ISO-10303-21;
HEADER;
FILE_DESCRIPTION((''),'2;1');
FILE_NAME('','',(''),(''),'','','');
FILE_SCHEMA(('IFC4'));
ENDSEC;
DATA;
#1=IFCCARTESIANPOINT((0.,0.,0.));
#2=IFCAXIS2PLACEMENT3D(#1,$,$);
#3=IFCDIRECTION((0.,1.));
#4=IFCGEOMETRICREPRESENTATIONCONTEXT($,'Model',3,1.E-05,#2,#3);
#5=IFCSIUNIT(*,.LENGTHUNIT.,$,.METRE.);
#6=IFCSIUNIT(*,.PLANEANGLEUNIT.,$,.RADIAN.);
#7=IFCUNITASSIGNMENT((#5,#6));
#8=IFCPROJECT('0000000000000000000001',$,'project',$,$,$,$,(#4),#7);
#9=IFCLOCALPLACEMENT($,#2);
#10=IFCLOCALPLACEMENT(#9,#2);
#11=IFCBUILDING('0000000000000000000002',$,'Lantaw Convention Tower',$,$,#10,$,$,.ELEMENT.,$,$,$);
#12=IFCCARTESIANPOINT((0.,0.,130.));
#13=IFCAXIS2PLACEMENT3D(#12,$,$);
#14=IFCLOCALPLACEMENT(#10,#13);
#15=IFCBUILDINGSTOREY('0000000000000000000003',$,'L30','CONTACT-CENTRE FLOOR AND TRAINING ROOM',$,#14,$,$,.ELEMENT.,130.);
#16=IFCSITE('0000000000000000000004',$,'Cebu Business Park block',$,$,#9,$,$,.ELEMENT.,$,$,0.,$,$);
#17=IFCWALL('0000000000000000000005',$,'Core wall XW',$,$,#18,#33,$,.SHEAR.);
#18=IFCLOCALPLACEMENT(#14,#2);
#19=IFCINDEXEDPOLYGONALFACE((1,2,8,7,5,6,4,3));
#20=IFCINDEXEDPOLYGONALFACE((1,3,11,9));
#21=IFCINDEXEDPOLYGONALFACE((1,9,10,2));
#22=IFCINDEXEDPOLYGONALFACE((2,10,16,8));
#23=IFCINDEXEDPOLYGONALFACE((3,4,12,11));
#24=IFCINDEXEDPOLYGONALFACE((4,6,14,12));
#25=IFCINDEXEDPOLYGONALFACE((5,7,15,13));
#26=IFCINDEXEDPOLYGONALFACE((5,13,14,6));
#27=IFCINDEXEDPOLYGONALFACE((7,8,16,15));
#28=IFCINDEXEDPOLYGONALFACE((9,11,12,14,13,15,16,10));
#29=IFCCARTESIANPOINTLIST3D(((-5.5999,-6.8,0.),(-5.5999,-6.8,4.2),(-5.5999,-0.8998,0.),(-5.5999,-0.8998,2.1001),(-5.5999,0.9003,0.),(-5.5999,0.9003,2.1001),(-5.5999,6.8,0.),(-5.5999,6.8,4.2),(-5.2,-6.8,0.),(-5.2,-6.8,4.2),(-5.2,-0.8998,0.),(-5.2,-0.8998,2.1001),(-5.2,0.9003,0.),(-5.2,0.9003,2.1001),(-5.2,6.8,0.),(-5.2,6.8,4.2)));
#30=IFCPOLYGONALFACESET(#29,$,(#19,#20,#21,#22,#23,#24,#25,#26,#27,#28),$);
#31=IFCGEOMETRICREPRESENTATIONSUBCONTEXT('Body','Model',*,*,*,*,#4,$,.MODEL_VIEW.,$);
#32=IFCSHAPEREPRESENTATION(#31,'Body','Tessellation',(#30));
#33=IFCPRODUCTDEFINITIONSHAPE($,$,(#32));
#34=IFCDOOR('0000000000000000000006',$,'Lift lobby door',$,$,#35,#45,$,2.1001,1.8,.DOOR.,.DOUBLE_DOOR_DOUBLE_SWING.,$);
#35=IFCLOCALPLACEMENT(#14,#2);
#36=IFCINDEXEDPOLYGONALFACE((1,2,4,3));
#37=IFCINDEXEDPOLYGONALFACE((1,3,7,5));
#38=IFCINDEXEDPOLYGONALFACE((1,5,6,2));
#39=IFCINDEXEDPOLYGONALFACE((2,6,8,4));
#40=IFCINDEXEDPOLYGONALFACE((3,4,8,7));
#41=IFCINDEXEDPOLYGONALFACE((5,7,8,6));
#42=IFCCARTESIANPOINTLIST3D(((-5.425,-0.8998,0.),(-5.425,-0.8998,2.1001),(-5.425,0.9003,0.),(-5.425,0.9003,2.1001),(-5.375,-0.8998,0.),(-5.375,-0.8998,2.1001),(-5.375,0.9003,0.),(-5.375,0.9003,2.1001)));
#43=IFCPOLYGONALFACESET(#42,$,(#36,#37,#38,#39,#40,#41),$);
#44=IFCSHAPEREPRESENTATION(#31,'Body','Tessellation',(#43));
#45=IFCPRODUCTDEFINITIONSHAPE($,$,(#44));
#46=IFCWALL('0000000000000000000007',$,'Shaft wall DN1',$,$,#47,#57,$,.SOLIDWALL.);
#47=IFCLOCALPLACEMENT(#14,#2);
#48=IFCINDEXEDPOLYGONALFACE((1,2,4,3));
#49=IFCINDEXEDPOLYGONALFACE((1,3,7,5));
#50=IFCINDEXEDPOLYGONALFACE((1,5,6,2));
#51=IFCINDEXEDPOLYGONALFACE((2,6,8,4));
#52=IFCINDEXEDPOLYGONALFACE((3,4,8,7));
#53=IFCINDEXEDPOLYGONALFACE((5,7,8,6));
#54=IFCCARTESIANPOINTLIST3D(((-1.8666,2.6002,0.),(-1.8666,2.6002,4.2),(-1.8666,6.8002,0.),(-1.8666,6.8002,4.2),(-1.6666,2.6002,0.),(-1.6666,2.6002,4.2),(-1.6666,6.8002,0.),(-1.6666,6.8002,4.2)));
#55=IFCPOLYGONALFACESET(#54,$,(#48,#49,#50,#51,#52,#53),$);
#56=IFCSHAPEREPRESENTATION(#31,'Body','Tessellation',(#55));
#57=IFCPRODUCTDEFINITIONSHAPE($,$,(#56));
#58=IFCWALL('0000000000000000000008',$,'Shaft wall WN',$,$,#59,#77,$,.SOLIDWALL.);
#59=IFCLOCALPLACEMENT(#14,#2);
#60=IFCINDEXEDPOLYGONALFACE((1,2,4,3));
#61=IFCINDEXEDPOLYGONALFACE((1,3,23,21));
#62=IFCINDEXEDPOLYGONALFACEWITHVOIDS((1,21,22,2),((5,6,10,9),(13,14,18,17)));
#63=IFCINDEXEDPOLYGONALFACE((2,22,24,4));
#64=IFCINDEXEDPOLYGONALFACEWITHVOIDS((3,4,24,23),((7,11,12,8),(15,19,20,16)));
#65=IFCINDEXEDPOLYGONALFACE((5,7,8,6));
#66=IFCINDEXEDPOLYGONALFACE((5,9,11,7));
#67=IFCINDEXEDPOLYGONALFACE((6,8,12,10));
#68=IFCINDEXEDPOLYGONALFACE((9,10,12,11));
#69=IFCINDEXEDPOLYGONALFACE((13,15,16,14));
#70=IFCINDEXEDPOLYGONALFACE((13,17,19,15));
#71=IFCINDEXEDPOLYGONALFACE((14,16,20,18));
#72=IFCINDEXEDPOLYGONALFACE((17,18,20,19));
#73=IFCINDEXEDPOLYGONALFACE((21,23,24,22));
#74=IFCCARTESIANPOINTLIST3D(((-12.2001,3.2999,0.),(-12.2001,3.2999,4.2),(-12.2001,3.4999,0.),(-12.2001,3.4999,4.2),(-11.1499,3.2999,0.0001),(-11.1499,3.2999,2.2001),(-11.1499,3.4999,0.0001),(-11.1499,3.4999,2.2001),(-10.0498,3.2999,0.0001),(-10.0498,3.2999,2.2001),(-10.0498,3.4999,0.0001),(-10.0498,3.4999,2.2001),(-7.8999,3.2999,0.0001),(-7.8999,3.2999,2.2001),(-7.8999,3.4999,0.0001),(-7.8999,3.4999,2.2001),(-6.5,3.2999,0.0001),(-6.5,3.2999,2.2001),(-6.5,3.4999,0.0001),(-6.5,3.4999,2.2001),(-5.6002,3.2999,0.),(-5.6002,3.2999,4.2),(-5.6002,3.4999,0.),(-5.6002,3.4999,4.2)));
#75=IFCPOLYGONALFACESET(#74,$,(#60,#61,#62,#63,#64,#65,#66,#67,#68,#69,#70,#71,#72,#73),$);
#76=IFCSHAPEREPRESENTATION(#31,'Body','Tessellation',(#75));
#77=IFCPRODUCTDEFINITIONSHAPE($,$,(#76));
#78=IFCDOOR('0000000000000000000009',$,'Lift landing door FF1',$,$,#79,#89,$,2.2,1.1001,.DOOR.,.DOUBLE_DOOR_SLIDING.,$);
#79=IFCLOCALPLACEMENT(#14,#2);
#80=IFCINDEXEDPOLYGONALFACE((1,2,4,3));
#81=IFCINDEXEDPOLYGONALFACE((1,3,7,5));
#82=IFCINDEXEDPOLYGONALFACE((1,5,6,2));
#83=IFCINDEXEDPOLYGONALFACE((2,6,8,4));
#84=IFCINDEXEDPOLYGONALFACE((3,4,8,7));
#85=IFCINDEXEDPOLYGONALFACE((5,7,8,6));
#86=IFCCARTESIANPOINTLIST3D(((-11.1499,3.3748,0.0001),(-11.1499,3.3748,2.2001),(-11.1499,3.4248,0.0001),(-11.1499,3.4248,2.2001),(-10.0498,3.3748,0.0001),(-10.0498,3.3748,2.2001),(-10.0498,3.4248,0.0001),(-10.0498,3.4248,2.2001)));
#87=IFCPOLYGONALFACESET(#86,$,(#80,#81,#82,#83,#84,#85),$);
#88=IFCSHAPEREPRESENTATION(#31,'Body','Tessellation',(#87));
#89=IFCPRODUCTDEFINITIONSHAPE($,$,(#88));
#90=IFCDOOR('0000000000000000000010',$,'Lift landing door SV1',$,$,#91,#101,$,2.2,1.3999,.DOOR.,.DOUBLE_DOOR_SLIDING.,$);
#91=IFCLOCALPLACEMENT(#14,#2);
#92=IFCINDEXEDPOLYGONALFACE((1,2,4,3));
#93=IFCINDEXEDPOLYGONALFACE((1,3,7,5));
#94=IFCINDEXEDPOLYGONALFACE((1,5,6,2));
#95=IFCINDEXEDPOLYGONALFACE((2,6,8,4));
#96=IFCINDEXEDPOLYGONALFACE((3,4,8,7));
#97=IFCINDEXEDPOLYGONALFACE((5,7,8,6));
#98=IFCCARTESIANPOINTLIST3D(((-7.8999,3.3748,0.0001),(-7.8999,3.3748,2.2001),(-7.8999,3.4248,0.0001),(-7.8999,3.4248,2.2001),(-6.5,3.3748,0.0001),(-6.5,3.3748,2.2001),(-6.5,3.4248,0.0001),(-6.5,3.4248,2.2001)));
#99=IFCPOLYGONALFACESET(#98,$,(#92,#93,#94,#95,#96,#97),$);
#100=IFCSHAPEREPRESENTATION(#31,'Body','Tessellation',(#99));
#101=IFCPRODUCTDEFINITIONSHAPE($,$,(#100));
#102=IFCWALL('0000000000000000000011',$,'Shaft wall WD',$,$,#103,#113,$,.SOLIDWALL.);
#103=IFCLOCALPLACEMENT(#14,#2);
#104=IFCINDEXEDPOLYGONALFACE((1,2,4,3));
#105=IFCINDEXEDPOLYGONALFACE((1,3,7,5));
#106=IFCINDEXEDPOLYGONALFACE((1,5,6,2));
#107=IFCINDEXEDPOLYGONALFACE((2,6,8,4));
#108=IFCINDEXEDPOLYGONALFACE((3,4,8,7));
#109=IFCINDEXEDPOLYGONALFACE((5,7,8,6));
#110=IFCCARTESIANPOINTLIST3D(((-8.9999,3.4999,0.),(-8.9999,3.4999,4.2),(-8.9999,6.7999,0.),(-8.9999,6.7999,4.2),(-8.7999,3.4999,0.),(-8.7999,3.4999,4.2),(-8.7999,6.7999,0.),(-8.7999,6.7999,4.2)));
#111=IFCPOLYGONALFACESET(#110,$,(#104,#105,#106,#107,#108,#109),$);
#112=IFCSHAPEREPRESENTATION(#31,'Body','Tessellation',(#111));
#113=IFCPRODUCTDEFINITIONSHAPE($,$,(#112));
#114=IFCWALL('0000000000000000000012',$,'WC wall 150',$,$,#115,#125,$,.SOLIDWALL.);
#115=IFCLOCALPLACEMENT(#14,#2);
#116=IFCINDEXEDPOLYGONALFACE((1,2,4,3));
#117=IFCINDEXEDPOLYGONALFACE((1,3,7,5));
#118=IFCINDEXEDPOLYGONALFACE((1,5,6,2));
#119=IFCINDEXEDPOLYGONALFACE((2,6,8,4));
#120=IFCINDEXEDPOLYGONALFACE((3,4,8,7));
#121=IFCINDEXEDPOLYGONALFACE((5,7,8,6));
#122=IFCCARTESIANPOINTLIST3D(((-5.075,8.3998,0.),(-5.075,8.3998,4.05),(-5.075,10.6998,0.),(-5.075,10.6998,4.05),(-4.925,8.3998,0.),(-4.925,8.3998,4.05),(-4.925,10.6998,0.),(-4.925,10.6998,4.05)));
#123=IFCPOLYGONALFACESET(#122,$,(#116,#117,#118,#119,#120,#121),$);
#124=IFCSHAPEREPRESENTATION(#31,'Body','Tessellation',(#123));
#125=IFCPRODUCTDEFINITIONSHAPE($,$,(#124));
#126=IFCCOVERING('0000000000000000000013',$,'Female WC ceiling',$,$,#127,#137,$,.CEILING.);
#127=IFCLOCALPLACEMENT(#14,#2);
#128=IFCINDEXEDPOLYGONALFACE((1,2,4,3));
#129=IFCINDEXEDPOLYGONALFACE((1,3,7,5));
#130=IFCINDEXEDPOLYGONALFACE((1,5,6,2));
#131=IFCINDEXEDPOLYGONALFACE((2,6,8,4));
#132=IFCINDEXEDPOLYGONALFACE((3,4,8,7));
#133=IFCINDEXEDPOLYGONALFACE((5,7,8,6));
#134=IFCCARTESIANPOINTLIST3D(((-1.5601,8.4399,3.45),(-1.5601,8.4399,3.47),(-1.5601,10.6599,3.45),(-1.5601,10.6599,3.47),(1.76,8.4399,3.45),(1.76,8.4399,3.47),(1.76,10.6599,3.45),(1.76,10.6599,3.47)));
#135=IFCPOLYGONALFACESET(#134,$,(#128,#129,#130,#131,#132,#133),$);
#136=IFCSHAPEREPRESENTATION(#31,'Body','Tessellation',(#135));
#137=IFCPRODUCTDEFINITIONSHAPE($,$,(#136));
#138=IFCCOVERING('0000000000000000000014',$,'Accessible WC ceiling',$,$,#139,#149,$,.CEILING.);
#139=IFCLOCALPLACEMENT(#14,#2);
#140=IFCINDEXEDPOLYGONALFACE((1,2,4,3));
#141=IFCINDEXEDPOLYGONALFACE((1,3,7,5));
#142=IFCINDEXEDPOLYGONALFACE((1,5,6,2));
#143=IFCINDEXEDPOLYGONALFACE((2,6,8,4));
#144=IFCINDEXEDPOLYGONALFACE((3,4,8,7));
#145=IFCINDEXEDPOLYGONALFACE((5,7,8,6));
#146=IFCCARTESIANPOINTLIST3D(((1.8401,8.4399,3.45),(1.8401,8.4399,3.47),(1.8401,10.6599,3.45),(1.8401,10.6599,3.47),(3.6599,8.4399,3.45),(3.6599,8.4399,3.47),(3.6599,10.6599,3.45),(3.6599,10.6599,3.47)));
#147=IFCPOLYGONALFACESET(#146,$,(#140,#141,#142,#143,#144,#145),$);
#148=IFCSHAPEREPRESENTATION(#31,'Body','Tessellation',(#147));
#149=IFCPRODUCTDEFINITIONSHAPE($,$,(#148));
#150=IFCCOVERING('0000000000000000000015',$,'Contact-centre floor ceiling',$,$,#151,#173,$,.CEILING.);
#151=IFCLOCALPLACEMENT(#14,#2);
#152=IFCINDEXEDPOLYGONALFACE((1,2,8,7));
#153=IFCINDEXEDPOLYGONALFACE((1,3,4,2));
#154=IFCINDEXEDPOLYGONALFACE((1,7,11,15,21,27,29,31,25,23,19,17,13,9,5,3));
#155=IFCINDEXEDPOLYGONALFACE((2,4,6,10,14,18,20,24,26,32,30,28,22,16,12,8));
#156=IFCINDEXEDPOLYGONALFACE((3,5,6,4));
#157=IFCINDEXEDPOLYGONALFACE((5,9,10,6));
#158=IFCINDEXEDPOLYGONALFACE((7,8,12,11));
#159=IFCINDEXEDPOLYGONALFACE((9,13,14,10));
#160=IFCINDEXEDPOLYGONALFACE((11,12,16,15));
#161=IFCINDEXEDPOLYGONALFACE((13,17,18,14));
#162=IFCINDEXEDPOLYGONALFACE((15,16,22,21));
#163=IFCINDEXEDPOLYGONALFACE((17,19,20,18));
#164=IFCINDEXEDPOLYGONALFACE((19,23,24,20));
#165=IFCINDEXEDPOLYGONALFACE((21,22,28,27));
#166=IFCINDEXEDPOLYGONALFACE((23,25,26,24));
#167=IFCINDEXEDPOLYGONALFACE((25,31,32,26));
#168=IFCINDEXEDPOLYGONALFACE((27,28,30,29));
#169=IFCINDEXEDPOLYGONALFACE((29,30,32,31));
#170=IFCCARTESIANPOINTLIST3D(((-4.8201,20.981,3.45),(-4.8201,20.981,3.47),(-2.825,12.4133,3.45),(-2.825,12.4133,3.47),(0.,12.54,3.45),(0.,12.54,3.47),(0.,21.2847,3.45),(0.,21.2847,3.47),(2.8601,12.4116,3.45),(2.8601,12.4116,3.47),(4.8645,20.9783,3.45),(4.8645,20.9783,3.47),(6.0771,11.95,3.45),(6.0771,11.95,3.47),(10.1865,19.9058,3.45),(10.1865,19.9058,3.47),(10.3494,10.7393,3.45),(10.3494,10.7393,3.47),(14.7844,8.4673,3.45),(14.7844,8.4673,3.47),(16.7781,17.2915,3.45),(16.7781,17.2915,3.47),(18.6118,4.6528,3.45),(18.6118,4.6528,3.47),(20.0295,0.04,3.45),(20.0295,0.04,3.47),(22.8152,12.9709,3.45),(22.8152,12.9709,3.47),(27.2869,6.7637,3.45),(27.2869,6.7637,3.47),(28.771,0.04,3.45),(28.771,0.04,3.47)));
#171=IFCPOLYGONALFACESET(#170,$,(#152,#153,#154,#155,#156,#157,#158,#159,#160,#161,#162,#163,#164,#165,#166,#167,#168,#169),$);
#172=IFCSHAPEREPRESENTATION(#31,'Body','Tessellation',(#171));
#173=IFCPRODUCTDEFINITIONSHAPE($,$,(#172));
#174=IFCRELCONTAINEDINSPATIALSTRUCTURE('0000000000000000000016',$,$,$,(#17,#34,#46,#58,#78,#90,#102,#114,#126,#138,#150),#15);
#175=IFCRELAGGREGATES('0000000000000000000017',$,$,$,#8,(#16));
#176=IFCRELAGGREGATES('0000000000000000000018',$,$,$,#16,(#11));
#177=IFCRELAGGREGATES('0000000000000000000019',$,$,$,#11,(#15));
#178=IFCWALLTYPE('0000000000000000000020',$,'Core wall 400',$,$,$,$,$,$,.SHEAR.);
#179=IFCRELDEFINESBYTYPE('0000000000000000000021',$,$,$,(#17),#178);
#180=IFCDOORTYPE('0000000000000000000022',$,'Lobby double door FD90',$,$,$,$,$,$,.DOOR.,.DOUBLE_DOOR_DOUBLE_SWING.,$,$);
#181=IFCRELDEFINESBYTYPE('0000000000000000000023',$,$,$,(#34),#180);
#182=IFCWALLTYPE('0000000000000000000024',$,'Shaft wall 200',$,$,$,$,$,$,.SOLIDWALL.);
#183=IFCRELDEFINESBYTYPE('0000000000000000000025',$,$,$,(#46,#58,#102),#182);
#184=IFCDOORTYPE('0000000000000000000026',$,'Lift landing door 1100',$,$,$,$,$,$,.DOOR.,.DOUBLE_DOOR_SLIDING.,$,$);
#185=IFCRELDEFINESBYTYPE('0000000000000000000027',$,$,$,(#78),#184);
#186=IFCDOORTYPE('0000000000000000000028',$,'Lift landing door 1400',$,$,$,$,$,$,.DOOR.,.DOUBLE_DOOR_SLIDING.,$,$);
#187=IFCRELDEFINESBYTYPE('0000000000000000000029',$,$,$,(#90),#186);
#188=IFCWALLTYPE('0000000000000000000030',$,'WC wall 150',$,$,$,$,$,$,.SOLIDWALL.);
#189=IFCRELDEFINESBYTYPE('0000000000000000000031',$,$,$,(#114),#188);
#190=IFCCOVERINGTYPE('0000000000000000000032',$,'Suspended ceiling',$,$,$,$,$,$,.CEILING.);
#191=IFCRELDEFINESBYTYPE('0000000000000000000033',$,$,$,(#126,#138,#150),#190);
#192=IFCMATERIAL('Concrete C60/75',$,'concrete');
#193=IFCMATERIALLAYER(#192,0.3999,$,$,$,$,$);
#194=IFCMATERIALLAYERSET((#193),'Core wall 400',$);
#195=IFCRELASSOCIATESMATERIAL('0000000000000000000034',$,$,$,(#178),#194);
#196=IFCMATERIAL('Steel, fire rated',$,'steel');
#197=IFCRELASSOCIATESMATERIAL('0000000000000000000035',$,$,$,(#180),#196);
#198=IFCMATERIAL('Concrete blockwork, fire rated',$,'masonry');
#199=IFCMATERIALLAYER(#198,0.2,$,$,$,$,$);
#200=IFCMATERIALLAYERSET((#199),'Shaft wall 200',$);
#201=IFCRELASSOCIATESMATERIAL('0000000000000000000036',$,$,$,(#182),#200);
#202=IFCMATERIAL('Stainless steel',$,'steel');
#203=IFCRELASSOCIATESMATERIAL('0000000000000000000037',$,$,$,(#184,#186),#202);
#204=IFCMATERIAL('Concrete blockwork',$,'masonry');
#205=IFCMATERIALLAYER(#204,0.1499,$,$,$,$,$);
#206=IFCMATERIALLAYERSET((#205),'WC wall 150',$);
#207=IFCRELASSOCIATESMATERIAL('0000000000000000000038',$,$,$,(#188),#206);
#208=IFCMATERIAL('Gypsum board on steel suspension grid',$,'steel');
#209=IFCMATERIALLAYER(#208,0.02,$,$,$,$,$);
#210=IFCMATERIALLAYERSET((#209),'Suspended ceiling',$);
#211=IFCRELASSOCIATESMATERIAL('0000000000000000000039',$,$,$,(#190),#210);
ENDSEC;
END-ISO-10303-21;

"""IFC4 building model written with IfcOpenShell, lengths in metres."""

from ifc_helpers import new_model, si_unit, direction, frame, frame_2d, origin, place, context, subcontext, project, spatial, polyline, rectangle, outline, extrude, material, layer, layer_set, type_object, element, fill, save


model = new_model("IFC4")

# Units and contexts
model_context = context("Model", 3, precision=1e-05, world=origin(), true_north=direction((0.0, 1.0)))
body_context = subcontext(model_context, "Body", "Model", "MODEL_VIEW")
ifc_project = project(units=[si_unit("LENGTHUNIT", "METRE"), si_unit("PLANEANGLEUNIT", "RADIAN")], contexts=[model_context])

# Site, building, storey
site_placement = place(None, origin())
site = spatial("IfcSite", under=ifc_project, at=site_placement, Name="Cebu Business Park block", CompositionType="ELEMENT", RefElevation=0.0)
building_placement = place(site_placement, origin())
building = spatial("IfcBuilding", under=site, at=building_placement, Name="Lantaw Convention Tower", CompositionType="ELEMENT")
storey_placement = place(building_placement, frame((0.0, 0.0, 130.0)))
storey = spatial("IfcBuildingStorey", under=building, at=storey_placement, Name="L30", Description="CONTACT-CENTRE FLOOR AND TRAINING ROOM", CompositionType="ELEMENT", Elevation=130.0)

# Wall, opening, door
ifc_material_1 = material(Name="Concrete C60/75", Category="concrete")
ifc_layer_1 = layer(ifc_material_1, 0.3999)
ifc_layer_set_1 = layer_set([ifc_layer_1], Name="Core wall 400")
wall_type_1 = type_object("IfcWallType", Name="Core wall 400", PredefinedType="SHEAR", material=ifc_layer_set_1)
wall_1_placement = place(storey_placement, frame((-5.3999, 6.8, 0.0), z_axis=(0.0, 0.0, 1.0), x_axis=(0.0, -1.0, 0.0)))
wall_1 = element("IfcWall", 1, at=wall_1_placement, inside=storey, type_object=wall_type_1, Name="Core wall XW", PredefinedType="SHEAR", context=body_context, shape_type="SweptSolid", body=[
    extrude(rectangle(XDim=13.6001, YDim=0.3999, at=frame_2d((6.8, 0.0))), origin(), (0.0, 0.0, 1.0), 4.2),
])
opening_1_placement = place(wall_1_placement, frame((5.8999, 0.0, 0.0)))
opening_1 = element("IfcOpeningElement", 2, at=opening_1_placement, cuts=wall_1, PredefinedType="OPENING", context=body_context, shape_type="SweptSolid", body=[
    extrude(rectangle(XDim=1.8, YDim=2.1001, at=frame_2d((0.8999, 1.05))), frame((0.0, 0.21, 0.0), z_axis=(0.0, -1.0, 0.0), x_axis=(1.0, 0.0, 0.0)), (0.0, 0.0, 1.0), 0.4199),
])
ifc_material_2 = material(Name="Steel, fire rated", Category="steel")
door_type_1 = type_object("IfcDoorType", Name="Lobby double door FD90", OperationType="DOUBLE_DOOR_DOUBLE_SWING", PredefinedType="DOOR", material=ifc_material_2)
door_1_placement = place(opening_1_placement, origin())
door_1 = element("IfcDoor", 3, at=door_1_placement, inside=storey, type_object=door_type_1, Name="Lift lobby door", OperationType="DOUBLE_DOOR_DOUBLE_SWING", OverallHeight=2.1001, OverallWidth=1.8, PredefinedType="DOOR", context=body_context, shape_type="SweptSolid", body=[
    extrude(rectangle(XDim=1.8, YDim=2.1001, at=frame_2d((0.8999, 1.05))), frame((0.0, 0.0249, 0.0), z_axis=(0.0, -1.0, 0.0), x_axis=(1.0, 0.0, 0.0)), (0.0, 0.0, 1.0), 0.05),
])
fill(opening_1, door_1)

# Wall
ifc_material_3 = material(Name="Concrete blockwork, fire rated", Category="masonry")
ifc_layer_2 = layer(ifc_material_3, 0.2)
ifc_layer_set_2 = layer_set([ifc_layer_2], Name="Shaft wall 200")
wall_type_2 = type_object("IfcWallType", Name="Shaft wall 200", PredefinedType="SOLIDWALL", material=ifc_layer_set_2)
wall_2_placement = place(storey_placement, frame((-1.7666, 2.6001, 0.0), z_axis=(0.0, 0.0, 1.0), x_axis=(0.0, 1.0, 0.0)))
element("IfcWall", 4, at=wall_2_placement, inside=storey, type_object=wall_type_2, Name="Shaft wall DN1", PredefinedType="SOLIDWALL", context=body_context, shape_type="SweptSolid", body=[
    extrude(rectangle(XDim=4.2, YDim=0.2, at=frame_2d((2.1001, 0.0))), origin(), (0.0, 0.0, 1.0), 4.2),
])

# Wall, openings, doors
wall_3_placement = place(storey_placement, frame((-12.2, 3.3999, 0.0), z_axis=(0.0, 0.0, 1.0), x_axis=(1.0, 0.0, 0.0)))
wall_3 = element("IfcWall", 5, at=wall_3_placement, inside=storey, type_object=wall_type_2, Name="Shaft wall WN", PredefinedType="SOLIDWALL", context=body_context, shape_type="SweptSolid", body=[
    extrude(rectangle(XDim=6.5999, YDim=0.2, at=frame_2d((3.2998, 0.0))), origin(), (0.0, 0.0, 1.0), 4.2),
])
opening_2_placement = place(wall_3_placement, frame((1.05, 0.0, 0.0)))
opening_2 = element("IfcOpeningElement", 6, at=opening_2_placement, cuts=wall_3, PredefinedType="OPENING", context=body_context, shape_type="SweptSolid", body=[
    extrude(rectangle(XDim=1.1001, YDim=2.2, at=frame_2d((0.55, 1.1001))), frame((0.0, 0.1099, 0.0), z_axis=(0.0, -1.0, 0.0), x_axis=(1.0, 0.0, 0.0)), (0.0, 0.0, 1.0), 0.22),
])
opening_3_placement = place(wall_3_placement, frame((4.3, 0.0, 0.0)))
opening_3 = element("IfcOpeningElement", 7, at=opening_3_placement, cuts=wall_3, PredefinedType="OPENING", context=body_context, shape_type="SweptSolid", body=[
    extrude(rectangle(XDim=1.3999, YDim=2.2, at=frame_2d((0.7, 1.1001))), frame((0.0, 0.1099, 0.0), z_axis=(0.0, -1.0, 0.0), x_axis=(1.0, 0.0, 0.0)), (0.0, 0.0, 1.0), 0.22),
])
ifc_material_4 = material(Name="Stainless steel", Category="steel")
door_type_2 = type_object("IfcDoorType", Name="Lift landing door 1100", OperationType="DOUBLE_DOOR_SLIDING", PredefinedType="DOOR", material=ifc_material_4)
door_2_placement = place(opening_2_placement, origin())
door_2 = element("IfcDoor", 8, at=door_2_placement, inside=storey, type_object=door_type_2, Name="Lift landing door FF1", OperationType="DOUBLE_DOOR_SLIDING", OverallHeight=2.2, OverallWidth=1.1001, PredefinedType="DOOR", context=body_context, shape_type="SweptSolid", body=[
    extrude(rectangle(XDim=1.1001, YDim=2.2, at=frame_2d((0.55, 1.1001))), frame((0.0, 0.0249, 0.0), z_axis=(0.0, -1.0, 0.0), x_axis=(1.0, 0.0, 0.0)), (0.0, 0.0, 1.0), 0.05),
])
fill(opening_2, door_2)
door_type_3 = type_object("IfcDoorType", Name="Lift landing door 1400", OperationType="DOUBLE_DOOR_SLIDING", PredefinedType="DOOR", material=ifc_material_4)
door_3_placement = place(opening_3_placement, origin())
door_3 = element("IfcDoor", 9, at=door_3_placement, inside=storey, type_object=door_type_3, Name="Lift landing door SV1", OperationType="DOUBLE_DOOR_SLIDING", OverallHeight=2.2, OverallWidth=1.3999, PredefinedType="DOOR", context=body_context, shape_type="SweptSolid", body=[
    extrude(rectangle(XDim=1.3999, YDim=2.2, at=frame_2d((0.7, 1.1001))), frame((0.0, 0.0249, 0.0), z_axis=(0.0, -1.0, 0.0), x_axis=(1.0, 0.0, 0.0)), (0.0, 0.0, 1.0), 0.05),
])
fill(opening_3, door_3)

# Walls
wall_4_placement = place(storey_placement, frame((-8.8999, 3.5, 0.0), z_axis=(0.0, 0.0, 1.0), x_axis=(0.0, 1.0, 0.0)))
element("IfcWall", 10, at=wall_4_placement, inside=storey, type_object=wall_type_2, Name="Shaft wall WD", PredefinedType="SOLIDWALL", context=body_context, shape_type="SweptSolid", body=[
    extrude(rectangle(XDim=3.3, YDim=0.2, at=frame_2d((1.6499, 0.0))), origin(), (0.0, 0.0, 1.0), 4.2),
])
ifc_material_5 = material(Name="Concrete blockwork", Category="masonry")
ifc_layer_3 = layer(ifc_material_5, 0.1499)
ifc_layer_set_3 = layer_set([ifc_layer_3], Name="WC wall 150")
wall_type_3 = type_object("IfcWallType", Name="WC wall 150", PredefinedType="SOLIDWALL", material=ifc_layer_set_3)
wall_5_placement = place(storey_placement, frame((-5.0, 8.3999, 0.0), z_axis=(0.0, 0.0, 1.0), x_axis=(0.0, 1.0, 0.0)))
element("IfcWall", 11, at=wall_5_placement, inside=storey, type_object=wall_type_3, Name="WC wall 150", PredefinedType="SOLIDWALL", context=body_context, shape_type="SweptSolid", body=[
    extrude(rectangle(XDim=2.3, YDim=0.1499, at=frame_2d((1.1499, 0.0))), origin(), (0.0, 0.0, 1.0), 4.05),
])

# Coverings
ifc_material_6 = material(Name="Gypsum board on steel suspension grid", Category="steel")
ifc_layer_4 = layer(ifc_material_6, 0.02)
ifc_layer_set_4 = layer_set([ifc_layer_4], Name="Suspended ceiling")
covering_type = type_object("IfcCoveringType", Name="Suspended ceiling", PredefinedType="CEILING", material=ifc_layer_set_4)
covering_1_placement = place(storey_placement, frame((0.0, 0.0, 3.45)))
element("IfcCovering", 12, at=covering_1_placement, inside=storey, type_object=covering_type, Name="Female WC ceiling", PredefinedType="CEILING", context=body_context, shape_type="SweptSolid", body=[
    extrude(outline(polyline([(-1.5601, 8.4399), (1.76, 8.4399), (1.76, 10.6599), (-1.5601, 10.6599), (-1.5601, 8.4399)])), origin(), (0.0, 0.0, 1.0), 0.02),
])
covering_2_placement = place(storey_placement, frame((0.0, 0.0, 3.45)))
element("IfcCovering", 13, at=covering_2_placement, inside=storey, type_object=covering_type, Name="Accessible WC ceiling", PredefinedType="CEILING", context=body_context, shape_type="SweptSolid", body=[
    extrude(outline(polyline([(1.8401, 8.4399), (3.6599, 8.4399), (3.6599, 10.6599), (1.8401, 10.6599), (1.8401, 8.4399)])), origin(), (0.0, 0.0, 1.0), 0.02),
])
covering_3_placement = place(storey_placement, frame((0.0, 0.0, 3.45)))
element("IfcCovering", 14, at=covering_3_placement, inside=storey, type_object=covering_type, Name="Contact-centre floor ceiling", PredefinedType="CEILING", context=body_context, shape_type="SweptSolid", body=[
    extrude(outline(polyline([(20.0295, 0.04), (28.771, 0.04), (27.2869, 6.7637), (22.8152, 12.9709), (16.7781, 17.2915), (10.1865, 19.9058), (4.8645, 20.9783), (0.0, 21.2847), (-4.8201, 20.981), (-2.825, 12.4133), (0.0, 12.54), (2.8601, 12.4116), (6.0771, 11.95), (10.3494, 10.7393), (14.7844, 8.4673), (18.6118, 4.6528), (20.0295, 0.04)])), origin(), (0.0, 0.0, 1.0), 0.02),
])

save(model, "model.ifc")
